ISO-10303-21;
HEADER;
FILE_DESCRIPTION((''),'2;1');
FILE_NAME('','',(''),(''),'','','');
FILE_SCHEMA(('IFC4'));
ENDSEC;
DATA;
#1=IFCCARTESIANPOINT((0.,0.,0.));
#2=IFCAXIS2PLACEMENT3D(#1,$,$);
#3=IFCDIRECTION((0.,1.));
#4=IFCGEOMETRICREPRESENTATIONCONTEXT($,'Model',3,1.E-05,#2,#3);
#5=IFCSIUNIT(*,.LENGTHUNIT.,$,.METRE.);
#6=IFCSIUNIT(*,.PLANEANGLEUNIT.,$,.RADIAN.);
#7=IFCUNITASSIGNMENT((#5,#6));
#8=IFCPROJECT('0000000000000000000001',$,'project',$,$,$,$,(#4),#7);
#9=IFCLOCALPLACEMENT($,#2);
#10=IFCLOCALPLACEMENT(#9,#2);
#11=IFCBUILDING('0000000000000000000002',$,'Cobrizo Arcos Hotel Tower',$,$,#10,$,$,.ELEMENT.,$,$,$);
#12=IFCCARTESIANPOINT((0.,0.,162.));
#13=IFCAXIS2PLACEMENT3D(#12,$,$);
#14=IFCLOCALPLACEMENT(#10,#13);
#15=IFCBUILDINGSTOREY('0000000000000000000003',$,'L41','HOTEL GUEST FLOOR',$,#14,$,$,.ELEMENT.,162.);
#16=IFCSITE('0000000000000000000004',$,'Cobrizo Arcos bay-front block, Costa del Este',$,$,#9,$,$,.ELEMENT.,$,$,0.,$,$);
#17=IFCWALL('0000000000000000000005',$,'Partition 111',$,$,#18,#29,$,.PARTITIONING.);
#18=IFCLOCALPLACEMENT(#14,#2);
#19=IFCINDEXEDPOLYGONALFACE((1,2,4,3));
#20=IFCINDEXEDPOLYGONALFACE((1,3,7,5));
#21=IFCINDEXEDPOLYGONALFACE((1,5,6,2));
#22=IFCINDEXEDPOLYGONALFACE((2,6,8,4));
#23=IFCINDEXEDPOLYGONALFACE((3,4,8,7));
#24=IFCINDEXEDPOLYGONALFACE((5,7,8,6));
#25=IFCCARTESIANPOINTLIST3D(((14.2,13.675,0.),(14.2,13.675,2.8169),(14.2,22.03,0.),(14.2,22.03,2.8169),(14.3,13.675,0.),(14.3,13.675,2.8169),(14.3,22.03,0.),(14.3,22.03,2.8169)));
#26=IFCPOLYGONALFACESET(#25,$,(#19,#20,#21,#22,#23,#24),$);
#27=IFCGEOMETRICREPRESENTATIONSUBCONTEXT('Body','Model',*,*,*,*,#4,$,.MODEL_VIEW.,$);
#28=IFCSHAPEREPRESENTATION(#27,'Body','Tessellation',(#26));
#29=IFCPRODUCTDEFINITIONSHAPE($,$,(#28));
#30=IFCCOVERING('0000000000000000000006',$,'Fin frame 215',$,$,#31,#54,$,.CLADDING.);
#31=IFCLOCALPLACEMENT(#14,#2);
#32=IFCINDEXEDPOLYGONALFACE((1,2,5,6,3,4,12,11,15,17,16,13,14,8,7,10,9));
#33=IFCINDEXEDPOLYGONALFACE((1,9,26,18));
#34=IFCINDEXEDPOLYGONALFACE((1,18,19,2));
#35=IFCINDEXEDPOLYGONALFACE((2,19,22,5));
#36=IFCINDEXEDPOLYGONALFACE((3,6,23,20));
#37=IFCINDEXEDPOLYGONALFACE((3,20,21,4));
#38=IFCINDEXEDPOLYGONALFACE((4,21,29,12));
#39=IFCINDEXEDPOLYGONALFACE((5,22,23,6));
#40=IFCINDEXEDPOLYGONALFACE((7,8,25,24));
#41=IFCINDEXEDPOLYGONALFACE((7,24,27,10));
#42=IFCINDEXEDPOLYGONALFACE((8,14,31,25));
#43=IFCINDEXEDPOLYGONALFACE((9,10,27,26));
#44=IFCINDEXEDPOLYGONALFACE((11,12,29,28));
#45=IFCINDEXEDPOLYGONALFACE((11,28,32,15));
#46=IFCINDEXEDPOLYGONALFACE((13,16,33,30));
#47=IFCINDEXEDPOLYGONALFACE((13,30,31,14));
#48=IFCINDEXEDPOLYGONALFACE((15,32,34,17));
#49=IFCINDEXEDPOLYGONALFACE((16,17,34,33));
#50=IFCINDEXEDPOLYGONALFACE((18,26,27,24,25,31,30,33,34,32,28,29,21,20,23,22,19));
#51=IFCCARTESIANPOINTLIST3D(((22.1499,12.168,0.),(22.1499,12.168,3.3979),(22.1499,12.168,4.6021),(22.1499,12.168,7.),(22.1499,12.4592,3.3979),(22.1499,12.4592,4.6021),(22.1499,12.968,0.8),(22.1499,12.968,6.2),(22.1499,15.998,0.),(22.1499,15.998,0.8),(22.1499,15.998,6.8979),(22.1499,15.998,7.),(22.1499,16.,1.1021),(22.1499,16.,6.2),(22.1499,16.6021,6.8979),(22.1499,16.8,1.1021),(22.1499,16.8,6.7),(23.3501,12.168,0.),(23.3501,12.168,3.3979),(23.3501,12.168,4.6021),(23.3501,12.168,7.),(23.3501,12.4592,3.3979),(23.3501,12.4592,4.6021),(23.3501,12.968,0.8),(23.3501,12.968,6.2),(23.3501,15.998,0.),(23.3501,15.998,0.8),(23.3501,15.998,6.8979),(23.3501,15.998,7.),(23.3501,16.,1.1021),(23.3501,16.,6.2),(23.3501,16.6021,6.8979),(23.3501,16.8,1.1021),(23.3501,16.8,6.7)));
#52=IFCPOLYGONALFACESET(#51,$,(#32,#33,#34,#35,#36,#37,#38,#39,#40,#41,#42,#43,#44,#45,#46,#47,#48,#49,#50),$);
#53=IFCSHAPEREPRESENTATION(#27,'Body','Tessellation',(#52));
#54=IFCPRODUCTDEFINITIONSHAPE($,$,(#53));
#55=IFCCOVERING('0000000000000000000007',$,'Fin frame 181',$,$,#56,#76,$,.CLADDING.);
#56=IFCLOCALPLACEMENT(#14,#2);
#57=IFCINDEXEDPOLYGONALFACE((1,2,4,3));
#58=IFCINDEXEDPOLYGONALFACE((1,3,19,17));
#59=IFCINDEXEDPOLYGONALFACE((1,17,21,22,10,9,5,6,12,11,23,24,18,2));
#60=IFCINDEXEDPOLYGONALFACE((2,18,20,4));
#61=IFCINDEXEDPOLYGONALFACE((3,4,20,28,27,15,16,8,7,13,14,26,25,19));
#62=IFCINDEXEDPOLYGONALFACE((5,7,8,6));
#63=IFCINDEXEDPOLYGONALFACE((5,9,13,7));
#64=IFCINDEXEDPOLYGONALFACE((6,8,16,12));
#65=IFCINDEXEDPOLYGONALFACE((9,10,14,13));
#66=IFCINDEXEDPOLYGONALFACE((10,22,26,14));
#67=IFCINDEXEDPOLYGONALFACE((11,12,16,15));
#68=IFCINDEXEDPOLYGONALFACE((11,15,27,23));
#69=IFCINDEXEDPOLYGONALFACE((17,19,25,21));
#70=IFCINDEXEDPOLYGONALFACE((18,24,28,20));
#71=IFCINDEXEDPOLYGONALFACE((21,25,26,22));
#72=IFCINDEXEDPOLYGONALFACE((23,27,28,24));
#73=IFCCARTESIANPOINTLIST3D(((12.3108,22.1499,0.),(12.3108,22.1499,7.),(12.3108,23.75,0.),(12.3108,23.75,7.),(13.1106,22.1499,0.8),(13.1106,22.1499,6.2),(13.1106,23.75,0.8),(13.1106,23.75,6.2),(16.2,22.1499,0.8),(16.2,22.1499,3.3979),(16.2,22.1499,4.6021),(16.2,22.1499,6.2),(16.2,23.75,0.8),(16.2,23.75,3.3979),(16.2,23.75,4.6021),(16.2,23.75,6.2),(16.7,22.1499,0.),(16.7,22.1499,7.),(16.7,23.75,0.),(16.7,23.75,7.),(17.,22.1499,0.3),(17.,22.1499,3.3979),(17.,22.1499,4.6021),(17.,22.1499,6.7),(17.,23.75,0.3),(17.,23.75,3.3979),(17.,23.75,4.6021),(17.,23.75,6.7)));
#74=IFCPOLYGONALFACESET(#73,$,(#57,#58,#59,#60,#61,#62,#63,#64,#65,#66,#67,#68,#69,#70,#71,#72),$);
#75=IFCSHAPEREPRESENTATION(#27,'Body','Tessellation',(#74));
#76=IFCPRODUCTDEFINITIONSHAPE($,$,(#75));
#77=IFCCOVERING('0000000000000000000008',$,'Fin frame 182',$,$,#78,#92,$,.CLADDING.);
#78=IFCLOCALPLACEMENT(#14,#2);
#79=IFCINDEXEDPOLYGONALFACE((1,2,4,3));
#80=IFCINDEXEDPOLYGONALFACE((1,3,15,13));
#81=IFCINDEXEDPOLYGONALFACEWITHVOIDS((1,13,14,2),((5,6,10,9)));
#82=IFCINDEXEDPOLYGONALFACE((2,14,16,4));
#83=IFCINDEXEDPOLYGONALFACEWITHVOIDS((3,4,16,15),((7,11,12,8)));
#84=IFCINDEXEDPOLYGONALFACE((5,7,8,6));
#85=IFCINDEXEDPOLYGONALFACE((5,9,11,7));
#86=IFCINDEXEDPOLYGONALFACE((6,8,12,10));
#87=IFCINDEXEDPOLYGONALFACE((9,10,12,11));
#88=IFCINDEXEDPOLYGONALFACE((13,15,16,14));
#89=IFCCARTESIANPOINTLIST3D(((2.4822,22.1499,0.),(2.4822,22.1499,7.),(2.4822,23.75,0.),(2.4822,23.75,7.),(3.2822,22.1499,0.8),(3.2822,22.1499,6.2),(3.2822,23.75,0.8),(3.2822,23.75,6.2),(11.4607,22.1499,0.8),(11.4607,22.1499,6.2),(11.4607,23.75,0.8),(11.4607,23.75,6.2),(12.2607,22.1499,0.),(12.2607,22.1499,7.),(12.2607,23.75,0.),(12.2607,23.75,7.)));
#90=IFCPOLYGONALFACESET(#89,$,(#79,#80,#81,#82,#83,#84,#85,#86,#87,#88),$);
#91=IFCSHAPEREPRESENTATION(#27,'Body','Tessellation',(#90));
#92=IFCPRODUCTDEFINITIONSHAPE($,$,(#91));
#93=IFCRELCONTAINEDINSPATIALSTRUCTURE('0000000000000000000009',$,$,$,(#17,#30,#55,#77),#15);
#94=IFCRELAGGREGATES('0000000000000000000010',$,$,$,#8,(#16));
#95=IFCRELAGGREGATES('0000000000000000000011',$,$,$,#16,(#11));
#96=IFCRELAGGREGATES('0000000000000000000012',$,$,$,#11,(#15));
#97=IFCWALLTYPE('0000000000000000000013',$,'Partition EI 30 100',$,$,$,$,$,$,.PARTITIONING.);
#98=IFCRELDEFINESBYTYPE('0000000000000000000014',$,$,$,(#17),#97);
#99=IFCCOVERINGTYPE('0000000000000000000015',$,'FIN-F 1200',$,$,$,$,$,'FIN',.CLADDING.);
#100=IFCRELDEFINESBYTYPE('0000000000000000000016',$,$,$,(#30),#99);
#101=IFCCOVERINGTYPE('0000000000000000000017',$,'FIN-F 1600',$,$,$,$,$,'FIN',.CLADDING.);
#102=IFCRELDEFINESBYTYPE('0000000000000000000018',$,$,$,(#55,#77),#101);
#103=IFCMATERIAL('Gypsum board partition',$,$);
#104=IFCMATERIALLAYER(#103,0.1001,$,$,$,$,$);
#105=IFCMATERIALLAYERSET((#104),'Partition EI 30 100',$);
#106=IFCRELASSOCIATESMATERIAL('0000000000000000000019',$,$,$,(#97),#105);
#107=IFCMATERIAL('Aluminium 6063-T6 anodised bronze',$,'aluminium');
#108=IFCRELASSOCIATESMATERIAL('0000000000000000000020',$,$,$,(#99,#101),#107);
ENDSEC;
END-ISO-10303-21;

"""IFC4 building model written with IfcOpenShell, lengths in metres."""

from ifc_helpers import new_model, si_unit, direction, frame, frame_2d, origin, place, context, subcontext, project, spatial, polyline, rectangle, outline, extrude, material, layer, layer_set, type_object, element, save


model = new_model("IFC4")

# Units and contexts
model_context = context("Model", 3, precision=1e-05, world=origin(), true_north=direction((0.0, 1.0)))
body_context = subcontext(model_context, "Body", "Model", "MODEL_VIEW")
ifc_project = project(units=[si_unit("LENGTHUNIT", "METRE"), si_unit("PLANEANGLEUNIT", "RADIAN")], contexts=[model_context])

# Site, building, storey
site_placement = place(None, origin())
site = spatial("IfcSite", under=ifc_project, at=site_placement, Name="Cobrizo Arcos bay-front block, Costa del Este", CompositionType="ELEMENT", RefElevation=0.0)
building_placement = place(site_placement, origin())
building = spatial("IfcBuilding", under=site, at=building_placement, Name="Cobrizo Arcos Hotel Tower", CompositionType="ELEMENT")
storey_placement = place(building_placement, frame((0.0, 0.0, 162.0)))
storey = spatial("IfcBuildingStorey", under=building, at=storey_placement, Name="L41", Description="HOTEL GUEST FLOOR", CompositionType="ELEMENT", Elevation=162.0)

# Shared definitions
ifc_material_1 = material(Name="Aluminium 6063-T6 anodised bronze", Category="aluminium")

# Shared definitions
ifc_material_2 = material(Name="Gypsum board partition")
ifc_layer_1 = layer(ifc_material_2, 0.1001)
ifc_layer_set_1 = layer_set([ifc_layer_1], Name="Partition EI 30 100")
wall_type = type_object("IfcWallType", Name="Partition EI 30 100", PredefinedType="PARTITIONING", material=ifc_layer_set_1)

# Wall
wall_1_placement = place(storey_placement, frame((14.25, 13.675, 0.0), z_axis=(0.0, 0.0, 1.0), x_axis=(0.0, 1.0, 0.0)))
element("IfcWall", 1, at=wall_1_placement, inside=storey, type_object=wall_type, Name="Partition 111", PredefinedType="PARTITIONING", context=body_context, shape_type="SweptSolid", body=[
    extrude(rectangle(XDim=8.355, YDim=0.1001, at=frame_2d((4.1775, 0.0))), origin(), (0.0, 0.0, 1.0), 2.8169),
])

# Coverings
covering_type_1 = type_object("IfcCoveringType", Name="FIN-F 1200", ElementType="FIN", PredefinedType="CLADDING", material=ifc_material_1)
covering_1_placement = place(storey_placement, frame((22.1499, 12.168, 0.0), z_axis=(1.0, 0.0, 0.0), x_axis=(0.0, 1.0, 0.0)))
element("IfcCovering", 2, at=covering_1_placement, inside=storey, type_object=covering_type_1, Name="Fin frame 215", PredefinedType="CLADDING", context=body_context, shape_type="SweptSolid", body=[
    extrude(outline(polyline([(0.0, 0.0), (3.8301, 0.0), (3.8301, 0.8), (0.8, 0.8), (0.8, 6.2), (3.832, 6.2), (3.832, 1.1021), (4.6321, 1.1021), (4.6321, 6.7), (4.4341, 6.8979), (3.8301, 6.8979), (3.8301, 7.0), (0.0, 7.0), (0.0, 4.6021), (0.2913, 4.6021), (0.2913, 3.3979), (0.0, 3.3979), (0.0, 0.0)])), origin(), (0.0, 0.0, 1.0), 1.2002),
])
covering_type_2 = type_object("IfcCoveringType", Name="FIN-F 1600", ElementType="FIN", PredefinedType="CLADDING", material=ifc_material_1)
covering_2_placement = place(storey_placement, frame((17.0, 22.1499, 0.0), z_axis=(0.0, 1.0, 0.0), x_axis=(-1.0, 0.0, 0.0)))
element("IfcCovering", 3, at=covering_2_placement, inside=storey, type_object=covering_type_2, Name="Fin frame 181", PredefinedType="CLADDING", context=body_context, shape_type="SweptSolid", body=[
    extrude(outline(polyline([(0.0, 6.7), (0.0, 4.6021), (0.8, 4.6021), (0.8, 6.2), (3.8894, 6.2), (3.8894, 0.8), (0.8, 0.8), (0.8, 3.3979), (0.0, 3.3979), (0.0, 0.3), (0.3, 0.0), (4.6892, 0.0), (4.6892, 7.0), (0.3, 7.0), (0.0, 6.7)])), origin(), (0.0, 0.0, 1.0), 1.6001),
])
covering_3_placement = place(storey_placement, frame((12.2607, 22.1499, 0.0), z_axis=(0.0, 1.0, 0.0), x_axis=(-1.0, 0.0, 0.0)))
element("IfcCovering", 4, at=covering_3_placement, inside=storey, type_object=covering_type_2, Name="Fin frame 182", PredefinedType="CLADDING", context=body_context, shape_type="SweptSolid", body=[
    extrude(outline(polyline([(0.0, 7.0), (0.0, 0.0), (9.7786, 0.0), (9.7786, 7.0), (0.0, 7.0)]), holes=[polyline([(8.9785, 0.8), (0.8, 0.8), (0.8, 6.2), (8.9785, 6.2), (8.9785, 0.8)])]), origin(), (0.0, 0.0, 1.0), 1.6001),
])

save(model, "model.ifc")
